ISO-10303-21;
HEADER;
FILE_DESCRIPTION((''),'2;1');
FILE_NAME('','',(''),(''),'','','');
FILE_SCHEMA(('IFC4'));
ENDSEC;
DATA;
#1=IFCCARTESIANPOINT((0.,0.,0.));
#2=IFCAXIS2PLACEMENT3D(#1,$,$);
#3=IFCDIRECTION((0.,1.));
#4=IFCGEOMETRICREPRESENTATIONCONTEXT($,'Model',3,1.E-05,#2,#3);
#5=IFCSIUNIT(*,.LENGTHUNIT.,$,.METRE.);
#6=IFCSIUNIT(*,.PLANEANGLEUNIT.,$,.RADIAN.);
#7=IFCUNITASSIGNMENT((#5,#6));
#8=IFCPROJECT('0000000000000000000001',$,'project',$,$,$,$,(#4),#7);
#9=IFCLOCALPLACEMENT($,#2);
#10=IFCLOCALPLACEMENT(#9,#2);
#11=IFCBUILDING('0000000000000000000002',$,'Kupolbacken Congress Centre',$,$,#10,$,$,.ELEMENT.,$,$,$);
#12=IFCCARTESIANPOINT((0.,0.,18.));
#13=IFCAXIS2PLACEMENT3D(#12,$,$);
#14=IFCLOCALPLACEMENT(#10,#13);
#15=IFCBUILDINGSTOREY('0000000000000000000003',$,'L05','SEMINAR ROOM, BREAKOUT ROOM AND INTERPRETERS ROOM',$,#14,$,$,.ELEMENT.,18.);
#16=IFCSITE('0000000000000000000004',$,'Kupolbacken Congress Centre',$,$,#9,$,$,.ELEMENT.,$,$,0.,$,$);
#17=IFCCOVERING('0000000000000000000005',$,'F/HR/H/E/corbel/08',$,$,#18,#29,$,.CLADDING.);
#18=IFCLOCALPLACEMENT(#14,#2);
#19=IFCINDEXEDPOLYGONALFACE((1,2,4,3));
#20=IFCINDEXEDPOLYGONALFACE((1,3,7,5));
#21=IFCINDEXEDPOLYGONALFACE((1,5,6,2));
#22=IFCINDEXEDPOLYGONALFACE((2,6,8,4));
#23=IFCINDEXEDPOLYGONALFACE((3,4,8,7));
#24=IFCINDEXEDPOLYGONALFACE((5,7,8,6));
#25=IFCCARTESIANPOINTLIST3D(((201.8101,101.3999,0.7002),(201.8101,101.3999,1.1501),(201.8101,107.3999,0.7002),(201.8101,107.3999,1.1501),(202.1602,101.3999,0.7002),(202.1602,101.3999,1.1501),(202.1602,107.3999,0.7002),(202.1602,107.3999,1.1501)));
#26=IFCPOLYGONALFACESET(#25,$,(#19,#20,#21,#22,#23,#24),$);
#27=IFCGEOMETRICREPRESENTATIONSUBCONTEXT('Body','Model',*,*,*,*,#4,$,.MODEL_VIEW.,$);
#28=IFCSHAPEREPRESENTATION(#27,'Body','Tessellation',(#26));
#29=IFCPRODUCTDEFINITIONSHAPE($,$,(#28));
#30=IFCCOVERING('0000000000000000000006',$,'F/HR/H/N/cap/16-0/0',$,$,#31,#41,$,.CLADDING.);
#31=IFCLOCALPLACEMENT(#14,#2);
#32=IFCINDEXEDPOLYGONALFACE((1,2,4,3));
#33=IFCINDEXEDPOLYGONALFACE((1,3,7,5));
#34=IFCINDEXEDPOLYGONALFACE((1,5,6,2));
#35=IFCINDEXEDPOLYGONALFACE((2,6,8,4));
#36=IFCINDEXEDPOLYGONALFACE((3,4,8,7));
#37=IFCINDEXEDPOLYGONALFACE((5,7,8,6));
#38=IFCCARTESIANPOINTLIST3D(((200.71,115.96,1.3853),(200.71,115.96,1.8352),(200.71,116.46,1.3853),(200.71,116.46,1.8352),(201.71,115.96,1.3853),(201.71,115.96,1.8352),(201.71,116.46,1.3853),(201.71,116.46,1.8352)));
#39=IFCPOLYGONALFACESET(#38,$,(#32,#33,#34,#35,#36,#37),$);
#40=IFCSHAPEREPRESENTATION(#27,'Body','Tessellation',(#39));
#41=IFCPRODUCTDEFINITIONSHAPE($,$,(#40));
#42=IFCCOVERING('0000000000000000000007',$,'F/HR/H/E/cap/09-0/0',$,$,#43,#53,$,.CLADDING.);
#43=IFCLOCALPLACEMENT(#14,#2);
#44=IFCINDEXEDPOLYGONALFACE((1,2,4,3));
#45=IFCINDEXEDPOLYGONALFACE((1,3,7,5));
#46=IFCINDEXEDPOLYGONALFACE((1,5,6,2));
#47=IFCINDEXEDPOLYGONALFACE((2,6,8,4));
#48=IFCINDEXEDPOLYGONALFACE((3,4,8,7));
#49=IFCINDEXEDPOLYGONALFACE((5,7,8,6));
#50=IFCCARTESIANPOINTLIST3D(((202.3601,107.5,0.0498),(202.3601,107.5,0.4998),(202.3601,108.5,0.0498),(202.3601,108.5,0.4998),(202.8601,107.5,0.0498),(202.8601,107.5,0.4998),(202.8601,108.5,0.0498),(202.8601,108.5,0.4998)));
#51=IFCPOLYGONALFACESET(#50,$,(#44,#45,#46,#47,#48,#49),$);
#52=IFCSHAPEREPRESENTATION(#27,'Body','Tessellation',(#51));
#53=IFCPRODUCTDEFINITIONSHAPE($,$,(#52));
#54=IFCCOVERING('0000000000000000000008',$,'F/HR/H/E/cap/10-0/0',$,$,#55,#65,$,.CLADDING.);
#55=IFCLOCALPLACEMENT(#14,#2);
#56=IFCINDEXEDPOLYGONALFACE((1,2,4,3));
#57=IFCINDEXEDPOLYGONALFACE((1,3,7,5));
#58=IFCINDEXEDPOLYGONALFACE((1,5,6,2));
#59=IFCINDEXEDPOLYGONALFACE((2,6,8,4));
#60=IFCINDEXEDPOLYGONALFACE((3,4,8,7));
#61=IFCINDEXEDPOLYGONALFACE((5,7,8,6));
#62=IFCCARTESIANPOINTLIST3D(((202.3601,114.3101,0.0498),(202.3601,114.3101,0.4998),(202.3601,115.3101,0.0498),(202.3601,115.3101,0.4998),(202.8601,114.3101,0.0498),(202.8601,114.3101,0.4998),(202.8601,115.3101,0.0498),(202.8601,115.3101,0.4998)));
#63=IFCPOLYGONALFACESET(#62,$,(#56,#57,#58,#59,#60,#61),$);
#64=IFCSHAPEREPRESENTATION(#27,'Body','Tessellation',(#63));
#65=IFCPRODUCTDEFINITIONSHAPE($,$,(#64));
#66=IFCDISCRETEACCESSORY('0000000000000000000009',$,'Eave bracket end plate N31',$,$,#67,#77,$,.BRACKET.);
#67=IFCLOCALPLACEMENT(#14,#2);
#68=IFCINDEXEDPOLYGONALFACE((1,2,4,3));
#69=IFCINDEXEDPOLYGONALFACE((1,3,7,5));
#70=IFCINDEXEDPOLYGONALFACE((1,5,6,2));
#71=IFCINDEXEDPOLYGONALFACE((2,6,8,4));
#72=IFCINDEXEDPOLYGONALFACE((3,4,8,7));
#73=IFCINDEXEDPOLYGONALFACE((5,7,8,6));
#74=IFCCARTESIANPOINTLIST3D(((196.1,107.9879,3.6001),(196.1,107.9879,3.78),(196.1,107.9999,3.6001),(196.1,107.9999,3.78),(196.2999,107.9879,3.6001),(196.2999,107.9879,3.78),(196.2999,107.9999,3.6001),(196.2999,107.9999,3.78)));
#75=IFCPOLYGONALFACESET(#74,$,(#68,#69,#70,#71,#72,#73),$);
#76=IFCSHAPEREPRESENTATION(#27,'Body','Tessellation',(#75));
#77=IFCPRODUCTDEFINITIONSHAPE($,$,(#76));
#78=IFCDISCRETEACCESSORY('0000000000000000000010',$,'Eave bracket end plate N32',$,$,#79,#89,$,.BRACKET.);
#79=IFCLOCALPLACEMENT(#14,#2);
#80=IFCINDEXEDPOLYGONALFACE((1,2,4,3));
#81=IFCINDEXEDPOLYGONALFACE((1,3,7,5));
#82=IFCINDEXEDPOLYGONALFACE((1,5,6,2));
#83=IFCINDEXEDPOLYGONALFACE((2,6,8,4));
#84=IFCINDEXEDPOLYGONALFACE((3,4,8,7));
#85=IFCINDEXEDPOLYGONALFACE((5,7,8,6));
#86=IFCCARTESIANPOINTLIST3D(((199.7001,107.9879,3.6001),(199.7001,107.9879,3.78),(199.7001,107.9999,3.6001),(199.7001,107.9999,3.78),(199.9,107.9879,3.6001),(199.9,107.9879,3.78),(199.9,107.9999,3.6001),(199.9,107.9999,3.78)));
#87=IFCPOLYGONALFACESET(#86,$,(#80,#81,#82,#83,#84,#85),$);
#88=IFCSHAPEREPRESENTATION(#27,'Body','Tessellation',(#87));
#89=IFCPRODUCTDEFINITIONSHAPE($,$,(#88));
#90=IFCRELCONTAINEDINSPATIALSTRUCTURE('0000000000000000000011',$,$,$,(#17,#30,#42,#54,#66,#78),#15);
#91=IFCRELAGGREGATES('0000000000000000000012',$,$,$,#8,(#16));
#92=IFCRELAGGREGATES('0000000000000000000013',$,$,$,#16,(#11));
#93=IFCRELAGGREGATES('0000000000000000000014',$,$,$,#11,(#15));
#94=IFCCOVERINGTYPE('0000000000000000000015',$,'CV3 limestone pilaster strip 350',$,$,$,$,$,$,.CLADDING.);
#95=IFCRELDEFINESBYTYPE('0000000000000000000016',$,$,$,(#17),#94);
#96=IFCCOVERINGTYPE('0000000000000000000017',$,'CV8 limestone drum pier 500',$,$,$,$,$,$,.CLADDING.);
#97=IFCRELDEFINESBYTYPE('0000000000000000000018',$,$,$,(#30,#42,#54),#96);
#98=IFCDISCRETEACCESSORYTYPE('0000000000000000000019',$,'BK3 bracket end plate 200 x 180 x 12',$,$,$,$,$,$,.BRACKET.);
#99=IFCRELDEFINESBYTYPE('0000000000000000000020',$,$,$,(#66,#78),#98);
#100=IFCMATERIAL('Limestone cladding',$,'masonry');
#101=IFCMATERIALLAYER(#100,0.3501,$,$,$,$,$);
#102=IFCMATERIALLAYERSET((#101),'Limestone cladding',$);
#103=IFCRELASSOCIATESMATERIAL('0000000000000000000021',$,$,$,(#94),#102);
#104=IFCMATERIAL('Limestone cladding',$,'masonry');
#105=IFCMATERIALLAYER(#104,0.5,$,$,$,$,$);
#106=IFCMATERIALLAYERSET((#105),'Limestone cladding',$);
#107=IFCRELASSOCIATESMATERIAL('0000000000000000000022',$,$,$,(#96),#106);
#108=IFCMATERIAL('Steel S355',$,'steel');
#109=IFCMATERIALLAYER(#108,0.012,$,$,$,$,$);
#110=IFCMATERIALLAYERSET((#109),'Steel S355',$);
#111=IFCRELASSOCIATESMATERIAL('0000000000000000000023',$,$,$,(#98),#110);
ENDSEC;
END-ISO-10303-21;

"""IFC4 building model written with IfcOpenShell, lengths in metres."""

from ifc_helpers import new_model, si_unit, direction, frame, origin, origin_2d, place, context, subcontext, project, spatial, rectangle, extrude, material, layer, layer_set, type_object, element, save


model = new_model("IFC4")

# Units and contexts
model_context = context("Model", 3, precision=1e-05, world=origin(), true_north=direction((0.0, 1.0)))
body_context = subcontext(model_context, "Body", "Model", "MODEL_VIEW")
ifc_project = project(units=[si_unit("LENGTHUNIT", "METRE"), si_unit("PLANEANGLEUNIT", "RADIAN")], contexts=[model_context])

# Site, building, storey
site_placement = place(None, origin())
site = spatial("IfcSite", under=ifc_project, at=site_placement, Name="Kupolbacken Congress Centre", CompositionType="ELEMENT", RefElevation=0.0)
building_placement = place(site_placement, origin())
building = spatial("IfcBuilding", under=site, at=building_placement, Name="Kupolbacken Congress Centre", CompositionType="ELEMENT")
storey_placement = place(building_placement, frame((0.0, 0.0, 18.0)))
storey = spatial("IfcBuildingStorey", under=building, at=storey_placement, Name="L05", Description="SEMINAR ROOM, BREAKOUT ROOM AND INTERPRETERS ROOM", CompositionType="ELEMENT", Elevation=18.0)

# Coverings
ifc_material_1 = material(Name="Limestone cladding", Category="masonry")
ifc_layer_1 = layer(ifc_material_1, 0.3501)
ifc_layer_set_1 = layer_set([ifc_layer_1], Name="Limestone cladding")
covering_type_1 = type_object("IfcCoveringType", Name="CV3 limestone pilaster strip 350", PredefinedType="CLADDING", material=ifc_layer_set_1)
covering_1_placement = place(storey_placement, frame((201.9851, 104.3999, 0.7002), z_axis=(0.0, 0.0, 1.0), x_axis=(0.0, 1.0, 0.0)))
element("IfcCovering", 1, at=covering_1_placement, inside=storey, type_object=covering_type_1, Name="F/HR/H/E/corbel/08", PredefinedType="CLADDING", context=body_context, shape_type="SweptSolid", body=[
    extrude(rectangle(XDim=6.0, YDim=0.3501, at=origin_2d()), origin(), (0.0, 0.0, 1.0), 0.45),
])
ifc_material_2 = material(Name="Limestone cladding", Category="masonry")
ifc_layer_2 = layer(ifc_material_2, 0.5)
ifc_layer_set_2 = layer_set([ifc_layer_2], Name="Limestone cladding")
covering_type_2 = type_object("IfcCoveringType", Name="CV8 limestone drum pier 500", PredefinedType="CLADDING", material=ifc_layer_set_2)
for number, where, z_axis, x_axis, name in (
    (2, (201.21, 116.21, 1.3853), (0.0, 0.0, 1.0), (1.0, 0.0, 0.0), "F/HR/H/N/cap/16-0/0"),
    (3, (202.6101, 108.0, 0.0498), (0.0, 0.0, 1.0), (0.0, 1.0, 0.0), "F/HR/H/E/cap/09-0/0"),
    (4, (202.6101, 114.8101, 0.0498), (0.0, 0.0, 1.0), (0.0, 1.0, 0.0), "F/HR/H/E/cap/10-0/0"),
):
    element("IfcCovering", number, at=place(storey_placement, frame(where, z_axis=z_axis, x_axis=x_axis)), inside=storey, type_object=covering_type_2, Name=name, PredefinedType="CLADDING", context=body_context, shape_type="SweptSolid", body=[
        extrude(rectangle(XDim=1.0, YDim=0.5, at=origin_2d()), origin(), (0.0, 0.0, 1.0), 0.45),
    ])

# Discrete accessories
ifc_material_3 = material(Name="Steel S355", Category="steel")
ifc_layer_3 = layer(ifc_material_3, 0.012)
ifc_layer_set_3 = layer_set([ifc_layer_3], Name="Steel S355")
discrete_accessory_type = type_object("IfcDiscreteAccessoryType", Name="BK3 bracket end plate 200 x 180 x 12", PredefinedType="BRACKET", material=ifc_layer_set_3)
for number, where, z_axis, x_axis, name in (
    (5, (196.2, 107.9939, 3.6001), (0.0, 0.0, 1.0), (1.0, 0.0, 0.0), "Eave bracket end plate N31"),
    (6, (199.8, 107.9939, 3.6001), (0.0, 0.0, 1.0), (1.0, 0.0, 0.0), "Eave bracket end plate N32"),
):
    element("IfcDiscreteAccessory", number, at=place(storey_placement, frame(where, z_axis=z_axis, x_axis=x_axis)), inside=storey, type_object=discrete_accessory_type, Name=name, PredefinedType="BRACKET", context=body_context, shape_type="SweptSolid", body=[
        extrude(rectangle(XDim=0.2, YDim=0.012, at=origin_2d()), origin(), (0.0, 0.0, 1.0), 0.1799),
    ])

save(model, "model.ifc")
